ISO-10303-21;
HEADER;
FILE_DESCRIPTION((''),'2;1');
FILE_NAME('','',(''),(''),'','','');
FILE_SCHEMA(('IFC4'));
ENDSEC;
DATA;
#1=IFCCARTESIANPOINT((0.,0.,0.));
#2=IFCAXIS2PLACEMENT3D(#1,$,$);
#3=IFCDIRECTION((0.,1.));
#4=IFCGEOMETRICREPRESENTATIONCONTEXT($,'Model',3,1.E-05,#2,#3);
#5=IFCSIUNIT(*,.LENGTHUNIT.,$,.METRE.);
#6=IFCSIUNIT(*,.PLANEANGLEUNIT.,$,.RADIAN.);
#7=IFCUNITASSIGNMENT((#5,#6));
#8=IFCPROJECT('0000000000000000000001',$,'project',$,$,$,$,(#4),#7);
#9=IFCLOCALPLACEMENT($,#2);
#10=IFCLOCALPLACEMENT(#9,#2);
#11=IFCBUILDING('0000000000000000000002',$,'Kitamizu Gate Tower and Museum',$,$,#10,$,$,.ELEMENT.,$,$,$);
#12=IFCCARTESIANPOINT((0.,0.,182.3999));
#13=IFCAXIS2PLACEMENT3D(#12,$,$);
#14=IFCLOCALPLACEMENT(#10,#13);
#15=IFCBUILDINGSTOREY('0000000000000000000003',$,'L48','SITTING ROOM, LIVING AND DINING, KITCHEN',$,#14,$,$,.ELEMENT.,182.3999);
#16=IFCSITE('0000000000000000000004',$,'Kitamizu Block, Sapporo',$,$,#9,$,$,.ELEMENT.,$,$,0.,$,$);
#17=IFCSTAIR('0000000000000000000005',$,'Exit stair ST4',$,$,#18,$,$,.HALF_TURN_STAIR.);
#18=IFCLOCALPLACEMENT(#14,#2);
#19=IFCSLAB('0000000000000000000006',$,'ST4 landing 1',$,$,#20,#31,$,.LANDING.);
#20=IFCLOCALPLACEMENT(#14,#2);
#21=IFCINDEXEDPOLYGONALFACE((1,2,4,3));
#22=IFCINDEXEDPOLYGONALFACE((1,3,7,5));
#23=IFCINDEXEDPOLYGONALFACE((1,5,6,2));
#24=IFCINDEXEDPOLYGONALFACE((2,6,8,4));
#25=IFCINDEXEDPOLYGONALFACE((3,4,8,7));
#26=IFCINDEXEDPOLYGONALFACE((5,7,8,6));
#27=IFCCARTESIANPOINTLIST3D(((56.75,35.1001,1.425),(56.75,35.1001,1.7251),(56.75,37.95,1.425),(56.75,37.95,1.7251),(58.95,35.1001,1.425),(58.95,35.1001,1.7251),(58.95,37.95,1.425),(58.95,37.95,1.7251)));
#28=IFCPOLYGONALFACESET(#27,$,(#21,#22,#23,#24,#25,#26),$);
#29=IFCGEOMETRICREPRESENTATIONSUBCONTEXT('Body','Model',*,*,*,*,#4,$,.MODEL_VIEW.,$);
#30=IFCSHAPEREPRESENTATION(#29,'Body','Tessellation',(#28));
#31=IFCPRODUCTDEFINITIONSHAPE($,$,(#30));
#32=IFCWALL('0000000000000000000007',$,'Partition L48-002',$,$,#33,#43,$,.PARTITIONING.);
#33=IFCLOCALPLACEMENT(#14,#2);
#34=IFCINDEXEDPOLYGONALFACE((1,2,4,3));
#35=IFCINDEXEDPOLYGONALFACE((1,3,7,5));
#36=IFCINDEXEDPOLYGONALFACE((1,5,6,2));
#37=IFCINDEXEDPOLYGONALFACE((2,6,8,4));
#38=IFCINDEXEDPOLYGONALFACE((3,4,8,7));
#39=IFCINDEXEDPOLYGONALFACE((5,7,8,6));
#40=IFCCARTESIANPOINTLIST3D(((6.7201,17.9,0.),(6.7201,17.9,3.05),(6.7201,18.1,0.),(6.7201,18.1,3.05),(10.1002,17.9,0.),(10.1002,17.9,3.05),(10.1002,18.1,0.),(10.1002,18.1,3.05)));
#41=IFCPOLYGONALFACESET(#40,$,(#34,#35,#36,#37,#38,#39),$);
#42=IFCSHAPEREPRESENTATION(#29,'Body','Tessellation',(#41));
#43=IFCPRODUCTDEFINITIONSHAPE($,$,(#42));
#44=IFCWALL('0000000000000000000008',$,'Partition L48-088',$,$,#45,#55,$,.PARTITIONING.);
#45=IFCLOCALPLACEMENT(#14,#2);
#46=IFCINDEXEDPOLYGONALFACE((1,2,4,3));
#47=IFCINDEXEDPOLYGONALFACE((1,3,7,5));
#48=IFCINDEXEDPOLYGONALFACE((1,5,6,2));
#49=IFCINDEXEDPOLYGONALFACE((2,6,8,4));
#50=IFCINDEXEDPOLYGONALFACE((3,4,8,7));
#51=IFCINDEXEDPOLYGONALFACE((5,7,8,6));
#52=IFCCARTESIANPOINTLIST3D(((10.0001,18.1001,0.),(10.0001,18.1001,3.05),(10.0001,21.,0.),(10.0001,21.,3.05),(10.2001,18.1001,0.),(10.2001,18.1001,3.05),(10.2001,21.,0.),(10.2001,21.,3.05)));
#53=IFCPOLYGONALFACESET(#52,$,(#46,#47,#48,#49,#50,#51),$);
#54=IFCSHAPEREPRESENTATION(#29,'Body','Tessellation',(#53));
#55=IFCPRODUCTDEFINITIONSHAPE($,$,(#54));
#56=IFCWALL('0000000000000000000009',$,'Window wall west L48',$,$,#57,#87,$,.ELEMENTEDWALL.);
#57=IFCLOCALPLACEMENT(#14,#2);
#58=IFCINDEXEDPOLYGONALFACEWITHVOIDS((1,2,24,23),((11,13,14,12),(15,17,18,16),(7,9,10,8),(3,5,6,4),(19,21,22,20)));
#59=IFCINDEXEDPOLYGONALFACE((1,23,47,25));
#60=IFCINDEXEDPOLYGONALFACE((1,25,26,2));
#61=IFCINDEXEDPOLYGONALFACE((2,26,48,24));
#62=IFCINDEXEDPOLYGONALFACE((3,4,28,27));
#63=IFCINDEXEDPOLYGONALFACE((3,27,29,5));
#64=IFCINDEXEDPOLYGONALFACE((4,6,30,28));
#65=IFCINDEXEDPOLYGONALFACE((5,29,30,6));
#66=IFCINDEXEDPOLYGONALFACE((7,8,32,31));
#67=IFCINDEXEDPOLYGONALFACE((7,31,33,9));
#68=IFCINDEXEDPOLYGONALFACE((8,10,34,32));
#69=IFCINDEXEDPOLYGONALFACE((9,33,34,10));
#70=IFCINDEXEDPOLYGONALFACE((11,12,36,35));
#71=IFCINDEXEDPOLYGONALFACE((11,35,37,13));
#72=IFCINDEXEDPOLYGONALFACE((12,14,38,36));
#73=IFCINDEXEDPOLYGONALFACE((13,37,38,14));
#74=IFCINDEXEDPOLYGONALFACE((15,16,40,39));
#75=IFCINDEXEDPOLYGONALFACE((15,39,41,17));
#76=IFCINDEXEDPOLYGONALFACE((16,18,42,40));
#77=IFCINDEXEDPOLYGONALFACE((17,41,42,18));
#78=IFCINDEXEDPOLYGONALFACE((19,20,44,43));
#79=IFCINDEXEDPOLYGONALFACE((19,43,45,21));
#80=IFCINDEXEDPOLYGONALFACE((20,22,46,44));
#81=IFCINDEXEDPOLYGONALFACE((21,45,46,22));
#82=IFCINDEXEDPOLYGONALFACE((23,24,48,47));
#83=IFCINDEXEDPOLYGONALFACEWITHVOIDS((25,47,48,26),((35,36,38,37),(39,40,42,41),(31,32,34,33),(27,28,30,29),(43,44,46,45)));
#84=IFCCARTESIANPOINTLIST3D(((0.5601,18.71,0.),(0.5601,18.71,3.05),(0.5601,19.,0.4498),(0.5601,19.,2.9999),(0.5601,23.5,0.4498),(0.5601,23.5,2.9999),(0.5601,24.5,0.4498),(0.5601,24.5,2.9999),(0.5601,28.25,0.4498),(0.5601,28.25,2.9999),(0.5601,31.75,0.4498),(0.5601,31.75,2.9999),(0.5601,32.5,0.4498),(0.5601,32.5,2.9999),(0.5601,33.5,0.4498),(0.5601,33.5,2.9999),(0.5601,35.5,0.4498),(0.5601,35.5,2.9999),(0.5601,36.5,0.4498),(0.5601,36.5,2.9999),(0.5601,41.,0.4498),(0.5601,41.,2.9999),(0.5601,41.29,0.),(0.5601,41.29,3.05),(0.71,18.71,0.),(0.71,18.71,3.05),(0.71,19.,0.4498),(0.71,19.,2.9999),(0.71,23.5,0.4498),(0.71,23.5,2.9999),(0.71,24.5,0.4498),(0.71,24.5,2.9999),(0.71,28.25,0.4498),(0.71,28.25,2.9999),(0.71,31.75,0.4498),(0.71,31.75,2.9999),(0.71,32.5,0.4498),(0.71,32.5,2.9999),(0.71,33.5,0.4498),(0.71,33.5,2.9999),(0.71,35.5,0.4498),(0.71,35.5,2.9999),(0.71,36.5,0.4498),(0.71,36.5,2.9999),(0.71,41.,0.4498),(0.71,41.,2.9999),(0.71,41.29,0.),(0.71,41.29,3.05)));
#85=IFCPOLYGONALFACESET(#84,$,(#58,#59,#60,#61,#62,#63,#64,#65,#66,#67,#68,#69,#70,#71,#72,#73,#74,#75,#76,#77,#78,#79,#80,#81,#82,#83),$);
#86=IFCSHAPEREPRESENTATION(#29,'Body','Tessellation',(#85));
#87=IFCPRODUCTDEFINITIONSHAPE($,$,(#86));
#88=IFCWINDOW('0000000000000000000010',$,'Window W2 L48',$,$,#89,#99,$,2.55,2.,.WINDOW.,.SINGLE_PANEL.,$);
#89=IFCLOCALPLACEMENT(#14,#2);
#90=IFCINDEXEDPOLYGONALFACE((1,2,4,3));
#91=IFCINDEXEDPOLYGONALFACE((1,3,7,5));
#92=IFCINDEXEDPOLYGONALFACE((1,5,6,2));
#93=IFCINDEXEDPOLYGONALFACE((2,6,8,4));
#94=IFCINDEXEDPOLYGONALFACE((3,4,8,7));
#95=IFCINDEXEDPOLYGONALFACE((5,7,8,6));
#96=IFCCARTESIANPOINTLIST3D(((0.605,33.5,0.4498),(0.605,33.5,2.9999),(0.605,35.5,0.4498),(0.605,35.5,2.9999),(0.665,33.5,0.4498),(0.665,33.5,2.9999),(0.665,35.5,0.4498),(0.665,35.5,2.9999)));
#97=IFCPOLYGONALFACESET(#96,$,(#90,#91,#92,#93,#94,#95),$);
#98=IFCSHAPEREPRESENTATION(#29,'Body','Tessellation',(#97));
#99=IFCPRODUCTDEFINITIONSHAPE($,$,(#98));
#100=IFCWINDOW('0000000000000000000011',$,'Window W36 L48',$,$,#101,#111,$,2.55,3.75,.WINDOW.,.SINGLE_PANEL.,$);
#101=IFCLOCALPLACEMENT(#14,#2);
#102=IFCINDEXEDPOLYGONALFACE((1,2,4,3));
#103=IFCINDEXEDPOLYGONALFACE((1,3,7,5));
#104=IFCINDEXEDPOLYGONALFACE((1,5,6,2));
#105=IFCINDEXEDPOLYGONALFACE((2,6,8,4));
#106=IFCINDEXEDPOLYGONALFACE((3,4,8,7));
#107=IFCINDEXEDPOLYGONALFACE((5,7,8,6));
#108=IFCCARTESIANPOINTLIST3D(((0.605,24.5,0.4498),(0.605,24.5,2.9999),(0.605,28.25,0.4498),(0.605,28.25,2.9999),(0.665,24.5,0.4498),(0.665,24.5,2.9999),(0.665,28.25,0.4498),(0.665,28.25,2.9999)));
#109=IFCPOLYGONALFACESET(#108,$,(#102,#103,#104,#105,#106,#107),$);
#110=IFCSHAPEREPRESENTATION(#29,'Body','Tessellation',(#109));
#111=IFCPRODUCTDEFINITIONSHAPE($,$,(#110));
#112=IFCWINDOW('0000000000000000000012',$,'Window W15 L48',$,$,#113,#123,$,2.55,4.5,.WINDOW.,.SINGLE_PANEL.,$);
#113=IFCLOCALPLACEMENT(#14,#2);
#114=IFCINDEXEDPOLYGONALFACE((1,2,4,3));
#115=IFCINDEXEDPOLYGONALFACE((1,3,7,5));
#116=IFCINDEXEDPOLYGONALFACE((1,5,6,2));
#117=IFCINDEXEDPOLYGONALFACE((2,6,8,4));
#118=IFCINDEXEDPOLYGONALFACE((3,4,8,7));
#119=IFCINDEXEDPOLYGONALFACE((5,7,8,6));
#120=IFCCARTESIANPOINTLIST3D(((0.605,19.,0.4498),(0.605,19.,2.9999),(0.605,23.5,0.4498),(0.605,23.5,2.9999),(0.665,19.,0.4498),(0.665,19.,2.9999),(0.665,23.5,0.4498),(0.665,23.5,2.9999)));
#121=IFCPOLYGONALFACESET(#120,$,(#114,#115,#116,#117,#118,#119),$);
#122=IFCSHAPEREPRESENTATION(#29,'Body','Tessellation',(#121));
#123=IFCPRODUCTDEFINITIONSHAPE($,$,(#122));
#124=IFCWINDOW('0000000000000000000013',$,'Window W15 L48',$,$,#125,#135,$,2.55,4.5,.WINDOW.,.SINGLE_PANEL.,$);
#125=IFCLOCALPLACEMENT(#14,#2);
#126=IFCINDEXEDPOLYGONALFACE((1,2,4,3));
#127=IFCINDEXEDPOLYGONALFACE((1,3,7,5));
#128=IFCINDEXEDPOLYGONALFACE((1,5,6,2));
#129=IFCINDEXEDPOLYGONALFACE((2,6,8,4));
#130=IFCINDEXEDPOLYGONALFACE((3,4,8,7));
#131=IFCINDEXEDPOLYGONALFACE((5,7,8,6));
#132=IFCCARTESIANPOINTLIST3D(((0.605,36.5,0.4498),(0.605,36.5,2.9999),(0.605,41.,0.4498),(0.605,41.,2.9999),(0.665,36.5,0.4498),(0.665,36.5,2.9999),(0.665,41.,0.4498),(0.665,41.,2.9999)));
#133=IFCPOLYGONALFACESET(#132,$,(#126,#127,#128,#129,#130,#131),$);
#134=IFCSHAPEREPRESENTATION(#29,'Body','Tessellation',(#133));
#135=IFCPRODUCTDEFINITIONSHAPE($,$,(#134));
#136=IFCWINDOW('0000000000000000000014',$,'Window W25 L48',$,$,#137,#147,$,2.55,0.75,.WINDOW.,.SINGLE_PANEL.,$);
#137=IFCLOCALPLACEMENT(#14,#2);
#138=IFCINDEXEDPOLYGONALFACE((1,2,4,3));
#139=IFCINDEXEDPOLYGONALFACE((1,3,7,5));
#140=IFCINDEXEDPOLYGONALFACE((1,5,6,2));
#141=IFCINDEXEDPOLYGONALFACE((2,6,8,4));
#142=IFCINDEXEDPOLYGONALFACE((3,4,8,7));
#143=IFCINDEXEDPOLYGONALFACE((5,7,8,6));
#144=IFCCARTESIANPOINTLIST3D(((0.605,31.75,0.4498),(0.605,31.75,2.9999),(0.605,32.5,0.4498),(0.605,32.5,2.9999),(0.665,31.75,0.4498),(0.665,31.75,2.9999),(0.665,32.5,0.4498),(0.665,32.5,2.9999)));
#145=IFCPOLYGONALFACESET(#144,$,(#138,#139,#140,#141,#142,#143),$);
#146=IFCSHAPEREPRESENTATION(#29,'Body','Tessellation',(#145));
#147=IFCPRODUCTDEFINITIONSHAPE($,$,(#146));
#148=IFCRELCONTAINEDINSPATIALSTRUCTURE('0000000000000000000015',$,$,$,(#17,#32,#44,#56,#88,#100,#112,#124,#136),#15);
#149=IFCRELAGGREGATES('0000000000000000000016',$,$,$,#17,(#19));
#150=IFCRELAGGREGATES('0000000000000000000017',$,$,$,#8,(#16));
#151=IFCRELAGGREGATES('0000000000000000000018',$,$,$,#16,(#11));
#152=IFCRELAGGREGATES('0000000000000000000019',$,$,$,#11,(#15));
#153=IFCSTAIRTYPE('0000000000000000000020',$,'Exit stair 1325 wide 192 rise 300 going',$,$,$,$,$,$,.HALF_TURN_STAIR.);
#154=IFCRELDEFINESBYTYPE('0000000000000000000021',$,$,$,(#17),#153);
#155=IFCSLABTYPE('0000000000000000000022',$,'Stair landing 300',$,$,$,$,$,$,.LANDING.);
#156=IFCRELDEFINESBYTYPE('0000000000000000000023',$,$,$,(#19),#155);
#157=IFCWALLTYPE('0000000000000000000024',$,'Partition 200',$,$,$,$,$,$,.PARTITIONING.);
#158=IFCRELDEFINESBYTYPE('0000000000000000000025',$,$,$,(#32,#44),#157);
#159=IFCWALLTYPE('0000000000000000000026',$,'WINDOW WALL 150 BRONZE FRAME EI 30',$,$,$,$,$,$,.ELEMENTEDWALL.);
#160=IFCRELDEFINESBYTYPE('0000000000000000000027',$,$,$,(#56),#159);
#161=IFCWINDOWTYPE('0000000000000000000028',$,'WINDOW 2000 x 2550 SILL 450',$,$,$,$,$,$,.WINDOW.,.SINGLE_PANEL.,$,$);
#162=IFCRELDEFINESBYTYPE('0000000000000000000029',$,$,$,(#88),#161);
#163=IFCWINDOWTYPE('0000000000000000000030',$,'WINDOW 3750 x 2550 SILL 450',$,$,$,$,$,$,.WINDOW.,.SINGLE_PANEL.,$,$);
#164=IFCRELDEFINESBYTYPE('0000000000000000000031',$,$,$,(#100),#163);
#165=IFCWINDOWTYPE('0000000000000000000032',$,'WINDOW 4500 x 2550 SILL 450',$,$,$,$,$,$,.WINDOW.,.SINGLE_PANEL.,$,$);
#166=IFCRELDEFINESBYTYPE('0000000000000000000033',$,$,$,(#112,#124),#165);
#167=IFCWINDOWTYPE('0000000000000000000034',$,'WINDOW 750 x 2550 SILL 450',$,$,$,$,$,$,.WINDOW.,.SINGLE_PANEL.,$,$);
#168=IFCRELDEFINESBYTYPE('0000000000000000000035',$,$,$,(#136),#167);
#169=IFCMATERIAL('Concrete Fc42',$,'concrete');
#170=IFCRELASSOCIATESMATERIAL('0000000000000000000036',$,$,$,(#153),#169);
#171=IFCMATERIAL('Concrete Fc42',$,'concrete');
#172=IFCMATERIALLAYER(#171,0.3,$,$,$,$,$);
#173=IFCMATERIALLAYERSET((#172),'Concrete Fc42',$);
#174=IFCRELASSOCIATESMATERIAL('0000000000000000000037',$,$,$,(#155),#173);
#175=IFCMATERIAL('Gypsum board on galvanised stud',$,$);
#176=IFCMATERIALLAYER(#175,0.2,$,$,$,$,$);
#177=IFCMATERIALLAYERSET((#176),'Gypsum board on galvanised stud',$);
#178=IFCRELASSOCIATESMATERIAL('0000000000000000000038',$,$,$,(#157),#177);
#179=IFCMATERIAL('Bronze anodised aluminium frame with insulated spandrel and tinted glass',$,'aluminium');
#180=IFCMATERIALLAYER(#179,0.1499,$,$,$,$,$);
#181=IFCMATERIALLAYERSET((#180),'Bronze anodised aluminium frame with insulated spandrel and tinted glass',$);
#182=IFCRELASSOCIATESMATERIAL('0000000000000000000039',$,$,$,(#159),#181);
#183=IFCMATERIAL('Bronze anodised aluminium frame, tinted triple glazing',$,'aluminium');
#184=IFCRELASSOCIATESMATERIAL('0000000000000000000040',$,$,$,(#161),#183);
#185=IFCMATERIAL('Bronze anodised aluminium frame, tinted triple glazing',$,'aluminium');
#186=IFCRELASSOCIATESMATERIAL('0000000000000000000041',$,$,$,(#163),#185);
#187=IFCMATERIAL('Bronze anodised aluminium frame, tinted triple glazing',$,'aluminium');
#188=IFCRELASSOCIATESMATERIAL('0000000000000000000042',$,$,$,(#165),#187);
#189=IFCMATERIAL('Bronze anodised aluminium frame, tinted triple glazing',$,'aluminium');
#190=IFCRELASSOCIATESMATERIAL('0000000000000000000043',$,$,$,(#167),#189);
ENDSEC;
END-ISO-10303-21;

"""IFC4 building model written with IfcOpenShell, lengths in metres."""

from ifc_helpers import new_model, si_unit, direction, frame, frame_2d, origin, place, context, subcontext, project, spatial, polyline, rectangle, outline, extrude, material, layer, layer_set, type_object, element, fill, aggregate, save


model = new_model("IFC4")

# Units and contexts
model_context = context("Model", 3, precision=1e-05, world=origin(), true_north=direction((0.0, 1.0)))
body_context = subcontext(model_context, "Body", "Model", "MODEL_VIEW")
ifc_project = project(units=[si_unit("LENGTHUNIT", "METRE"), si_unit("PLANEANGLEUNIT", "RADIAN")], contexts=[model_context])

# Site, building, storey
site_placement = place(None, origin())
site = spatial("IfcSite", under=ifc_project, at=site_placement, Name="Kitamizu Block, Sapporo", CompositionType="ELEMENT", RefElevation=0.0)
building_placement = place(site_placement, origin())
building = spatial("IfcBuilding", under=site, at=building_placement, Name="Kitamizu Gate Tower and Museum", CompositionType="ELEMENT")
storey_placement = place(building_placement, frame((0.0, 0.0, 182.3999)))
storey = spatial("IfcBuildingStorey", under=building, at=storey_placement, Name="L48", Description="SITTING ROOM, LIVING AND DINING, KITCHEN", CompositionType="ELEMENT", Elevation=182.3999)

# Stair, slab
ifc_material_1 = material(Name="Concrete Fc42", Category="concrete")
stair_type = type_object("IfcStairType", Name="Exit stair 1325 wide 192 rise 300 going", PredefinedType="HALF_TURN_STAIR", material=ifc_material_1)
stair_placement = place(storey_placement, origin())
stair = element("IfcStair", 1, at=stair_placement, inside=storey, type_object=stair_type, Name="Exit stair ST4", PredefinedType="HALF_TURN_STAIR")
ifc_material_2 = material(Name="Concrete Fc42", Category="concrete")
ifc_layer_1 = layer(ifc_material_2, 0.3)
ifc_layer_set_1 = layer_set([ifc_layer_1], Name="Concrete Fc42")
slab_type = type_object("IfcSlabType", Name="Stair landing 300", PredefinedType="LANDING", material=ifc_layer_set_1)
slab_placement = place(storey_placement, frame((0.0, 0.0, 1.425)))
slab = element("IfcSlab", 2, at=slab_placement, type_object=slab_type, Name="ST4 landing 1", PredefinedType="LANDING", context=body_context, shape_type="SweptSolid", body=[
    extrude(outline(polyline([(56.75, 35.1001), (58.95, 35.1001), (58.95, 37.95), (56.75, 37.95), (56.75, 35.1001)])), origin(), (0.0, 0.0, 1.0), 0.3),
])
aggregate(stair, [slab])

# Walls
ifc_material_3 = material(Name="Gypsum board on galvanised stud")
ifc_layer_2 = layer(ifc_material_3, 0.2)
ifc_layer_set_2 = layer_set([ifc_layer_2], Name="Gypsum board on galvanised stud")
wall_type_1 = type_object("IfcWallType", Name="Partition 200", PredefinedType="PARTITIONING", material=ifc_layer_set_2)
wall_1_placement = place(storey_placement, frame((10.1001, 18.0, 0.0), z_axis=(0.0, 0.0, 1.0), x_axis=(-1.0, 0.0, 0.0)))
element("IfcWall", 3, at=wall_1_placement, inside=storey, type_object=wall_type_1, Name="Partition L48-002", PredefinedType="PARTITIONING", context=body_context, shape_type="SweptSolid", body=[
    extrude(rectangle(XDim=3.3801, YDim=0.2, at=frame_2d((1.6899, 0.0))), origin(), (0.0, 0.0, 1.0), 3.05),
])
wall_2_placement = place(storey_placement, frame((10.1001, 18.1001, 0.0), z_axis=(0.0, 0.0, 1.0), x_axis=(0.0, 1.0, 0.0)))
element("IfcWall", 4, at=wall_2_placement, inside=storey, type_object=wall_type_1, Name="Partition L48-088", PredefinedType="PARTITIONING", context=body_context, shape_type="SweptSolid", body=[
    extrude(rectangle(XDim=2.8999, YDim=0.2, at=frame_2d((1.45, 0.0))), origin(), (0.0, 0.0, 1.0), 3.05),
])

# Wall, openings, windows
ifc_material_4 = material(Name="Bronze anodised aluminium frame with insulated spandrel and tinted glass", Category="aluminium")
ifc_layer_3 = layer(ifc_material_4, 0.1499)
ifc_layer_set_3 = layer_set([ifc_layer_3], Name="Bronze anodised aluminium frame with insulated spandrel and tinted glass")
wall_type_2 = type_object("IfcWallType", Name="WINDOW WALL 150 BRONZE FRAME EI 30", PredefinedType="ELEMENTEDWALL", material=ifc_layer_set_3)
ifc_material_5 = material(Name="Bronze anodised aluminium frame, tinted triple glazing", Category="aluminium")
window_type_1 = type_object("IfcWindowType", Name="WINDOW 2000 x 2550 SILL 450", PartitioningType="SINGLE_PANEL", PredefinedType="WINDOW", material=ifc_material_5)
ifc_material_6 = material(Name="Bronze anodised aluminium frame, tinted triple glazing", Category="aluminium")
window_type_2 = type_object("IfcWindowType", Name="WINDOW 3750 x 2550 SILL 450", PartitioningType="SINGLE_PANEL", PredefinedType="WINDOW", material=ifc_material_6)
ifc_material_7 = material(Name="Bronze anodised aluminium frame, tinted triple glazing", Category="aluminium")
window_type_3 = type_object("IfcWindowType", Name="WINDOW 4500 x 2550 SILL 450", PartitioningType="SINGLE_PANEL", PredefinedType="WINDOW", material=ifc_material_7)
ifc_material_8 = material(Name="Bronze anodised aluminium frame, tinted triple glazing", Category="aluminium")
window_type_4 = type_object("IfcWindowType", Name="WINDOW 750 x 2550 SILL 450", PartitioningType="SINGLE_PANEL", PredefinedType="WINDOW", material=ifc_material_8)
wall_3_placement = place(storey_placement, frame((0.635, 18.71, 0.0), z_axis=(0.0, 0.0, 1.0), x_axis=(0.0, 1.0, 0.0)))
wall_3 = element("IfcWall", 5, at=wall_3_placement, inside=storey, type_object=wall_type_2, Name="Window wall west L48", PredefinedType="ELEMENTEDWALL", context=body_context, shape_type="SweptSolid", body=[
    extrude(rectangle(XDim=22.5801, YDim=0.1499, at=frame_2d((11.29, 0.0))), origin(), (0.0, 0.0, 1.0), 3.05),
])
opening_1_placement = place(wall_3_placement, frame((0.29, 0.0, 0.45)))
opening_1 = element("IfcOpeningElement", 6, at=opening_1_placement, cuts=wall_3, PredefinedType="OPENING", context=body_context, shape_type="SweptSolid", body=[
    extrude(rectangle(XDim=4.5, YDim=2.55, at=frame_2d((2.25, 1.2749))), frame((0.0, 0.085, 0.0), z_axis=(0.0, -1.0, 0.0), x_axis=(1.0, 0.0, 0.0)), (0.0, 0.0, 1.0), 0.1699),
])
opening_2_placement = place(wall_3_placement, frame((5.79, 0.0, 0.45)))
opening_2 = element("IfcOpeningElement", 7, at=opening_2_placement, cuts=wall_3, PredefinedType="OPENING", context=body_context, shape_type="SweptSolid", body=[
    extrude(rectangle(XDim=3.75, YDim=2.55, at=frame_2d((1.875, 1.2749))), frame((0.0, 0.085, 0.0), z_axis=(0.0, -1.0, 0.0), x_axis=(1.0, 0.0, 0.0)), (0.0, 0.0, 1.0), 0.1699),
])
opening_3_placement = place(wall_3_placement, frame((13.04, 0.0, 0.45)))
opening_3 = element("IfcOpeningElement", 8, at=opening_3_placement, cuts=wall_3, PredefinedType="OPENING", context=body_context, shape_type="SweptSolid", body=[
    extrude(rectangle(XDim=0.75, YDim=2.55, at=frame_2d((0.375, 1.2749))), frame((0.0, 0.085, 0.0), z_axis=(0.0, -1.0, 0.0), x_axis=(1.0, 0.0, 0.0)), (0.0, 0.0, 1.0), 0.1699),
])
opening_4_placement = place(wall_3_placement, frame((14.79, 0.0, 0.45)))
opening_4 = element("IfcOpeningElement", 9, at=opening_4_placement, cuts=wall_3, PredefinedType="OPENING", context=body_context, shape_type="SweptSolid", body=[
    extrude(rectangle(XDim=2.0, YDim=2.55, at=frame_2d((1.0, 1.2749))), frame((0.0, 0.085, 0.0), z_axis=(0.0, -1.0, 0.0), x_axis=(1.0, 0.0, 0.0)), (0.0, 0.0, 1.0), 0.1699),
])
opening_5_placement = place(wall_3_placement, frame((17.79, 0.0, 0.45)))
opening_5 = element("IfcOpeningElement", 10, at=opening_5_placement, cuts=wall_3, PredefinedType="OPENING", context=body_context, shape_type="SweptSolid", body=[
    extrude(rectangle(XDim=4.5, YDim=2.55, at=frame_2d((2.25, 1.2749))), frame((0.0, 0.085, 0.0), z_axis=(0.0, -1.0, 0.0), x_axis=(1.0, 0.0, 0.0)), (0.0, 0.0, 1.0), 0.1699),
])
window_1_placement = place(opening_4_placement, origin())
window_1 = element("IfcWindow", 11, at=window_1_placement, inside=storey, type_object=window_type_1, Name="Window W2 L48", OverallHeight=2.55, OverallWidth=2.0, PartitioningType="SINGLE_PANEL", PredefinedType="WINDOW", context=body_context, shape_type="SweptSolid", body=[
    extrude(rectangle(XDim=2.0, YDim=2.55, at=frame_2d((1.0, 1.2749))), frame((0.0, 0.03, 0.0), z_axis=(0.0, -1.0, 0.0), x_axis=(1.0, 0.0, 0.0)), (0.0, 0.0, 1.0), 0.0601),
])
fill(opening_4, window_1)
window_2_placement = place(opening_2_placement, origin())
window_2 = element("IfcWindow", 12, at=window_2_placement, inside=storey, type_object=window_type_2, Name="Window W36 L48", OverallHeight=2.55, OverallWidth=3.75, PartitioningType="SINGLE_PANEL", PredefinedType="WINDOW", context=body_context, shape_type="SweptSolid", body=[
    extrude(rectangle(XDim=3.75, YDim=2.55, at=frame_2d((1.875, 1.2749))), frame((0.0, 0.03, 0.0), z_axis=(0.0, -1.0, 0.0), x_axis=(1.0, 0.0, 0.0)), (0.0, 0.0, 1.0), 0.0601),
])
fill(opening_2, window_2)
window_3_placement = place(opening_1_placement, origin())
window_3 = element("IfcWindow", 13, at=window_3_placement, inside=storey, type_object=window_type_3, Name="Window W15 L48", OverallHeight=2.55, OverallWidth=4.5, PartitioningType="SINGLE_PANEL", PredefinedType="WINDOW", context=body_context, shape_type="SweptSolid", body=[
    extrude(rectangle(XDim=4.5, YDim=2.55, at=frame_2d((2.25, 1.2749))), frame((0.0, 0.03, 0.0), z_axis=(0.0, -1.0, 0.0), x_axis=(1.0, 0.0, 0.0)), (0.0, 0.0, 1.0), 0.0601),
])
fill(opening_1, window_3)
window_4_placement = place(opening_5_placement, origin())
window_4 = element("IfcWindow", 14, at=window_4_placement, inside=storey, type_object=window_type_3, Name="Window W15 L48", OverallHeight=2.55, OverallWidth=4.5, PartitioningType="SINGLE_PANEL", PredefinedType="WINDOW", context=body_context, shape_type="SweptSolid", body=[
    extrude(rectangle(XDim=4.5, YDim=2.55, at=frame_2d((2.25, 1.2749))), frame((0.0, 0.03, 0.0), z_axis=(0.0, -1.0, 0.0), x_axis=(1.0, 0.0, 0.0)), (0.0, 0.0, 1.0), 0.0601),
])
fill(opening_5, window_4)
window_5_placement = place(opening_3_placement, origin())
window_5 = element("IfcWindow", 15, at=window_5_placement, inside=storey, type_object=window_type_4, Name="Window W25 L48", OverallHeight=2.55, OverallWidth=0.75, PartitioningType="SINGLE_PANEL", PredefinedType="WINDOW", context=body_context, shape_type="SweptSolid", body=[
    extrude(rectangle(XDim=0.75, YDim=2.55, at=frame_2d((0.375, 1.2749))), frame((0.0, 0.03, 0.0), z_axis=(0.0, -1.0, 0.0), x_axis=(1.0, 0.0, 0.0)), (0.0, 0.0, 1.0), 0.0601),
])
fill(opening_3, window_5)

save(model, "model.ifc")
